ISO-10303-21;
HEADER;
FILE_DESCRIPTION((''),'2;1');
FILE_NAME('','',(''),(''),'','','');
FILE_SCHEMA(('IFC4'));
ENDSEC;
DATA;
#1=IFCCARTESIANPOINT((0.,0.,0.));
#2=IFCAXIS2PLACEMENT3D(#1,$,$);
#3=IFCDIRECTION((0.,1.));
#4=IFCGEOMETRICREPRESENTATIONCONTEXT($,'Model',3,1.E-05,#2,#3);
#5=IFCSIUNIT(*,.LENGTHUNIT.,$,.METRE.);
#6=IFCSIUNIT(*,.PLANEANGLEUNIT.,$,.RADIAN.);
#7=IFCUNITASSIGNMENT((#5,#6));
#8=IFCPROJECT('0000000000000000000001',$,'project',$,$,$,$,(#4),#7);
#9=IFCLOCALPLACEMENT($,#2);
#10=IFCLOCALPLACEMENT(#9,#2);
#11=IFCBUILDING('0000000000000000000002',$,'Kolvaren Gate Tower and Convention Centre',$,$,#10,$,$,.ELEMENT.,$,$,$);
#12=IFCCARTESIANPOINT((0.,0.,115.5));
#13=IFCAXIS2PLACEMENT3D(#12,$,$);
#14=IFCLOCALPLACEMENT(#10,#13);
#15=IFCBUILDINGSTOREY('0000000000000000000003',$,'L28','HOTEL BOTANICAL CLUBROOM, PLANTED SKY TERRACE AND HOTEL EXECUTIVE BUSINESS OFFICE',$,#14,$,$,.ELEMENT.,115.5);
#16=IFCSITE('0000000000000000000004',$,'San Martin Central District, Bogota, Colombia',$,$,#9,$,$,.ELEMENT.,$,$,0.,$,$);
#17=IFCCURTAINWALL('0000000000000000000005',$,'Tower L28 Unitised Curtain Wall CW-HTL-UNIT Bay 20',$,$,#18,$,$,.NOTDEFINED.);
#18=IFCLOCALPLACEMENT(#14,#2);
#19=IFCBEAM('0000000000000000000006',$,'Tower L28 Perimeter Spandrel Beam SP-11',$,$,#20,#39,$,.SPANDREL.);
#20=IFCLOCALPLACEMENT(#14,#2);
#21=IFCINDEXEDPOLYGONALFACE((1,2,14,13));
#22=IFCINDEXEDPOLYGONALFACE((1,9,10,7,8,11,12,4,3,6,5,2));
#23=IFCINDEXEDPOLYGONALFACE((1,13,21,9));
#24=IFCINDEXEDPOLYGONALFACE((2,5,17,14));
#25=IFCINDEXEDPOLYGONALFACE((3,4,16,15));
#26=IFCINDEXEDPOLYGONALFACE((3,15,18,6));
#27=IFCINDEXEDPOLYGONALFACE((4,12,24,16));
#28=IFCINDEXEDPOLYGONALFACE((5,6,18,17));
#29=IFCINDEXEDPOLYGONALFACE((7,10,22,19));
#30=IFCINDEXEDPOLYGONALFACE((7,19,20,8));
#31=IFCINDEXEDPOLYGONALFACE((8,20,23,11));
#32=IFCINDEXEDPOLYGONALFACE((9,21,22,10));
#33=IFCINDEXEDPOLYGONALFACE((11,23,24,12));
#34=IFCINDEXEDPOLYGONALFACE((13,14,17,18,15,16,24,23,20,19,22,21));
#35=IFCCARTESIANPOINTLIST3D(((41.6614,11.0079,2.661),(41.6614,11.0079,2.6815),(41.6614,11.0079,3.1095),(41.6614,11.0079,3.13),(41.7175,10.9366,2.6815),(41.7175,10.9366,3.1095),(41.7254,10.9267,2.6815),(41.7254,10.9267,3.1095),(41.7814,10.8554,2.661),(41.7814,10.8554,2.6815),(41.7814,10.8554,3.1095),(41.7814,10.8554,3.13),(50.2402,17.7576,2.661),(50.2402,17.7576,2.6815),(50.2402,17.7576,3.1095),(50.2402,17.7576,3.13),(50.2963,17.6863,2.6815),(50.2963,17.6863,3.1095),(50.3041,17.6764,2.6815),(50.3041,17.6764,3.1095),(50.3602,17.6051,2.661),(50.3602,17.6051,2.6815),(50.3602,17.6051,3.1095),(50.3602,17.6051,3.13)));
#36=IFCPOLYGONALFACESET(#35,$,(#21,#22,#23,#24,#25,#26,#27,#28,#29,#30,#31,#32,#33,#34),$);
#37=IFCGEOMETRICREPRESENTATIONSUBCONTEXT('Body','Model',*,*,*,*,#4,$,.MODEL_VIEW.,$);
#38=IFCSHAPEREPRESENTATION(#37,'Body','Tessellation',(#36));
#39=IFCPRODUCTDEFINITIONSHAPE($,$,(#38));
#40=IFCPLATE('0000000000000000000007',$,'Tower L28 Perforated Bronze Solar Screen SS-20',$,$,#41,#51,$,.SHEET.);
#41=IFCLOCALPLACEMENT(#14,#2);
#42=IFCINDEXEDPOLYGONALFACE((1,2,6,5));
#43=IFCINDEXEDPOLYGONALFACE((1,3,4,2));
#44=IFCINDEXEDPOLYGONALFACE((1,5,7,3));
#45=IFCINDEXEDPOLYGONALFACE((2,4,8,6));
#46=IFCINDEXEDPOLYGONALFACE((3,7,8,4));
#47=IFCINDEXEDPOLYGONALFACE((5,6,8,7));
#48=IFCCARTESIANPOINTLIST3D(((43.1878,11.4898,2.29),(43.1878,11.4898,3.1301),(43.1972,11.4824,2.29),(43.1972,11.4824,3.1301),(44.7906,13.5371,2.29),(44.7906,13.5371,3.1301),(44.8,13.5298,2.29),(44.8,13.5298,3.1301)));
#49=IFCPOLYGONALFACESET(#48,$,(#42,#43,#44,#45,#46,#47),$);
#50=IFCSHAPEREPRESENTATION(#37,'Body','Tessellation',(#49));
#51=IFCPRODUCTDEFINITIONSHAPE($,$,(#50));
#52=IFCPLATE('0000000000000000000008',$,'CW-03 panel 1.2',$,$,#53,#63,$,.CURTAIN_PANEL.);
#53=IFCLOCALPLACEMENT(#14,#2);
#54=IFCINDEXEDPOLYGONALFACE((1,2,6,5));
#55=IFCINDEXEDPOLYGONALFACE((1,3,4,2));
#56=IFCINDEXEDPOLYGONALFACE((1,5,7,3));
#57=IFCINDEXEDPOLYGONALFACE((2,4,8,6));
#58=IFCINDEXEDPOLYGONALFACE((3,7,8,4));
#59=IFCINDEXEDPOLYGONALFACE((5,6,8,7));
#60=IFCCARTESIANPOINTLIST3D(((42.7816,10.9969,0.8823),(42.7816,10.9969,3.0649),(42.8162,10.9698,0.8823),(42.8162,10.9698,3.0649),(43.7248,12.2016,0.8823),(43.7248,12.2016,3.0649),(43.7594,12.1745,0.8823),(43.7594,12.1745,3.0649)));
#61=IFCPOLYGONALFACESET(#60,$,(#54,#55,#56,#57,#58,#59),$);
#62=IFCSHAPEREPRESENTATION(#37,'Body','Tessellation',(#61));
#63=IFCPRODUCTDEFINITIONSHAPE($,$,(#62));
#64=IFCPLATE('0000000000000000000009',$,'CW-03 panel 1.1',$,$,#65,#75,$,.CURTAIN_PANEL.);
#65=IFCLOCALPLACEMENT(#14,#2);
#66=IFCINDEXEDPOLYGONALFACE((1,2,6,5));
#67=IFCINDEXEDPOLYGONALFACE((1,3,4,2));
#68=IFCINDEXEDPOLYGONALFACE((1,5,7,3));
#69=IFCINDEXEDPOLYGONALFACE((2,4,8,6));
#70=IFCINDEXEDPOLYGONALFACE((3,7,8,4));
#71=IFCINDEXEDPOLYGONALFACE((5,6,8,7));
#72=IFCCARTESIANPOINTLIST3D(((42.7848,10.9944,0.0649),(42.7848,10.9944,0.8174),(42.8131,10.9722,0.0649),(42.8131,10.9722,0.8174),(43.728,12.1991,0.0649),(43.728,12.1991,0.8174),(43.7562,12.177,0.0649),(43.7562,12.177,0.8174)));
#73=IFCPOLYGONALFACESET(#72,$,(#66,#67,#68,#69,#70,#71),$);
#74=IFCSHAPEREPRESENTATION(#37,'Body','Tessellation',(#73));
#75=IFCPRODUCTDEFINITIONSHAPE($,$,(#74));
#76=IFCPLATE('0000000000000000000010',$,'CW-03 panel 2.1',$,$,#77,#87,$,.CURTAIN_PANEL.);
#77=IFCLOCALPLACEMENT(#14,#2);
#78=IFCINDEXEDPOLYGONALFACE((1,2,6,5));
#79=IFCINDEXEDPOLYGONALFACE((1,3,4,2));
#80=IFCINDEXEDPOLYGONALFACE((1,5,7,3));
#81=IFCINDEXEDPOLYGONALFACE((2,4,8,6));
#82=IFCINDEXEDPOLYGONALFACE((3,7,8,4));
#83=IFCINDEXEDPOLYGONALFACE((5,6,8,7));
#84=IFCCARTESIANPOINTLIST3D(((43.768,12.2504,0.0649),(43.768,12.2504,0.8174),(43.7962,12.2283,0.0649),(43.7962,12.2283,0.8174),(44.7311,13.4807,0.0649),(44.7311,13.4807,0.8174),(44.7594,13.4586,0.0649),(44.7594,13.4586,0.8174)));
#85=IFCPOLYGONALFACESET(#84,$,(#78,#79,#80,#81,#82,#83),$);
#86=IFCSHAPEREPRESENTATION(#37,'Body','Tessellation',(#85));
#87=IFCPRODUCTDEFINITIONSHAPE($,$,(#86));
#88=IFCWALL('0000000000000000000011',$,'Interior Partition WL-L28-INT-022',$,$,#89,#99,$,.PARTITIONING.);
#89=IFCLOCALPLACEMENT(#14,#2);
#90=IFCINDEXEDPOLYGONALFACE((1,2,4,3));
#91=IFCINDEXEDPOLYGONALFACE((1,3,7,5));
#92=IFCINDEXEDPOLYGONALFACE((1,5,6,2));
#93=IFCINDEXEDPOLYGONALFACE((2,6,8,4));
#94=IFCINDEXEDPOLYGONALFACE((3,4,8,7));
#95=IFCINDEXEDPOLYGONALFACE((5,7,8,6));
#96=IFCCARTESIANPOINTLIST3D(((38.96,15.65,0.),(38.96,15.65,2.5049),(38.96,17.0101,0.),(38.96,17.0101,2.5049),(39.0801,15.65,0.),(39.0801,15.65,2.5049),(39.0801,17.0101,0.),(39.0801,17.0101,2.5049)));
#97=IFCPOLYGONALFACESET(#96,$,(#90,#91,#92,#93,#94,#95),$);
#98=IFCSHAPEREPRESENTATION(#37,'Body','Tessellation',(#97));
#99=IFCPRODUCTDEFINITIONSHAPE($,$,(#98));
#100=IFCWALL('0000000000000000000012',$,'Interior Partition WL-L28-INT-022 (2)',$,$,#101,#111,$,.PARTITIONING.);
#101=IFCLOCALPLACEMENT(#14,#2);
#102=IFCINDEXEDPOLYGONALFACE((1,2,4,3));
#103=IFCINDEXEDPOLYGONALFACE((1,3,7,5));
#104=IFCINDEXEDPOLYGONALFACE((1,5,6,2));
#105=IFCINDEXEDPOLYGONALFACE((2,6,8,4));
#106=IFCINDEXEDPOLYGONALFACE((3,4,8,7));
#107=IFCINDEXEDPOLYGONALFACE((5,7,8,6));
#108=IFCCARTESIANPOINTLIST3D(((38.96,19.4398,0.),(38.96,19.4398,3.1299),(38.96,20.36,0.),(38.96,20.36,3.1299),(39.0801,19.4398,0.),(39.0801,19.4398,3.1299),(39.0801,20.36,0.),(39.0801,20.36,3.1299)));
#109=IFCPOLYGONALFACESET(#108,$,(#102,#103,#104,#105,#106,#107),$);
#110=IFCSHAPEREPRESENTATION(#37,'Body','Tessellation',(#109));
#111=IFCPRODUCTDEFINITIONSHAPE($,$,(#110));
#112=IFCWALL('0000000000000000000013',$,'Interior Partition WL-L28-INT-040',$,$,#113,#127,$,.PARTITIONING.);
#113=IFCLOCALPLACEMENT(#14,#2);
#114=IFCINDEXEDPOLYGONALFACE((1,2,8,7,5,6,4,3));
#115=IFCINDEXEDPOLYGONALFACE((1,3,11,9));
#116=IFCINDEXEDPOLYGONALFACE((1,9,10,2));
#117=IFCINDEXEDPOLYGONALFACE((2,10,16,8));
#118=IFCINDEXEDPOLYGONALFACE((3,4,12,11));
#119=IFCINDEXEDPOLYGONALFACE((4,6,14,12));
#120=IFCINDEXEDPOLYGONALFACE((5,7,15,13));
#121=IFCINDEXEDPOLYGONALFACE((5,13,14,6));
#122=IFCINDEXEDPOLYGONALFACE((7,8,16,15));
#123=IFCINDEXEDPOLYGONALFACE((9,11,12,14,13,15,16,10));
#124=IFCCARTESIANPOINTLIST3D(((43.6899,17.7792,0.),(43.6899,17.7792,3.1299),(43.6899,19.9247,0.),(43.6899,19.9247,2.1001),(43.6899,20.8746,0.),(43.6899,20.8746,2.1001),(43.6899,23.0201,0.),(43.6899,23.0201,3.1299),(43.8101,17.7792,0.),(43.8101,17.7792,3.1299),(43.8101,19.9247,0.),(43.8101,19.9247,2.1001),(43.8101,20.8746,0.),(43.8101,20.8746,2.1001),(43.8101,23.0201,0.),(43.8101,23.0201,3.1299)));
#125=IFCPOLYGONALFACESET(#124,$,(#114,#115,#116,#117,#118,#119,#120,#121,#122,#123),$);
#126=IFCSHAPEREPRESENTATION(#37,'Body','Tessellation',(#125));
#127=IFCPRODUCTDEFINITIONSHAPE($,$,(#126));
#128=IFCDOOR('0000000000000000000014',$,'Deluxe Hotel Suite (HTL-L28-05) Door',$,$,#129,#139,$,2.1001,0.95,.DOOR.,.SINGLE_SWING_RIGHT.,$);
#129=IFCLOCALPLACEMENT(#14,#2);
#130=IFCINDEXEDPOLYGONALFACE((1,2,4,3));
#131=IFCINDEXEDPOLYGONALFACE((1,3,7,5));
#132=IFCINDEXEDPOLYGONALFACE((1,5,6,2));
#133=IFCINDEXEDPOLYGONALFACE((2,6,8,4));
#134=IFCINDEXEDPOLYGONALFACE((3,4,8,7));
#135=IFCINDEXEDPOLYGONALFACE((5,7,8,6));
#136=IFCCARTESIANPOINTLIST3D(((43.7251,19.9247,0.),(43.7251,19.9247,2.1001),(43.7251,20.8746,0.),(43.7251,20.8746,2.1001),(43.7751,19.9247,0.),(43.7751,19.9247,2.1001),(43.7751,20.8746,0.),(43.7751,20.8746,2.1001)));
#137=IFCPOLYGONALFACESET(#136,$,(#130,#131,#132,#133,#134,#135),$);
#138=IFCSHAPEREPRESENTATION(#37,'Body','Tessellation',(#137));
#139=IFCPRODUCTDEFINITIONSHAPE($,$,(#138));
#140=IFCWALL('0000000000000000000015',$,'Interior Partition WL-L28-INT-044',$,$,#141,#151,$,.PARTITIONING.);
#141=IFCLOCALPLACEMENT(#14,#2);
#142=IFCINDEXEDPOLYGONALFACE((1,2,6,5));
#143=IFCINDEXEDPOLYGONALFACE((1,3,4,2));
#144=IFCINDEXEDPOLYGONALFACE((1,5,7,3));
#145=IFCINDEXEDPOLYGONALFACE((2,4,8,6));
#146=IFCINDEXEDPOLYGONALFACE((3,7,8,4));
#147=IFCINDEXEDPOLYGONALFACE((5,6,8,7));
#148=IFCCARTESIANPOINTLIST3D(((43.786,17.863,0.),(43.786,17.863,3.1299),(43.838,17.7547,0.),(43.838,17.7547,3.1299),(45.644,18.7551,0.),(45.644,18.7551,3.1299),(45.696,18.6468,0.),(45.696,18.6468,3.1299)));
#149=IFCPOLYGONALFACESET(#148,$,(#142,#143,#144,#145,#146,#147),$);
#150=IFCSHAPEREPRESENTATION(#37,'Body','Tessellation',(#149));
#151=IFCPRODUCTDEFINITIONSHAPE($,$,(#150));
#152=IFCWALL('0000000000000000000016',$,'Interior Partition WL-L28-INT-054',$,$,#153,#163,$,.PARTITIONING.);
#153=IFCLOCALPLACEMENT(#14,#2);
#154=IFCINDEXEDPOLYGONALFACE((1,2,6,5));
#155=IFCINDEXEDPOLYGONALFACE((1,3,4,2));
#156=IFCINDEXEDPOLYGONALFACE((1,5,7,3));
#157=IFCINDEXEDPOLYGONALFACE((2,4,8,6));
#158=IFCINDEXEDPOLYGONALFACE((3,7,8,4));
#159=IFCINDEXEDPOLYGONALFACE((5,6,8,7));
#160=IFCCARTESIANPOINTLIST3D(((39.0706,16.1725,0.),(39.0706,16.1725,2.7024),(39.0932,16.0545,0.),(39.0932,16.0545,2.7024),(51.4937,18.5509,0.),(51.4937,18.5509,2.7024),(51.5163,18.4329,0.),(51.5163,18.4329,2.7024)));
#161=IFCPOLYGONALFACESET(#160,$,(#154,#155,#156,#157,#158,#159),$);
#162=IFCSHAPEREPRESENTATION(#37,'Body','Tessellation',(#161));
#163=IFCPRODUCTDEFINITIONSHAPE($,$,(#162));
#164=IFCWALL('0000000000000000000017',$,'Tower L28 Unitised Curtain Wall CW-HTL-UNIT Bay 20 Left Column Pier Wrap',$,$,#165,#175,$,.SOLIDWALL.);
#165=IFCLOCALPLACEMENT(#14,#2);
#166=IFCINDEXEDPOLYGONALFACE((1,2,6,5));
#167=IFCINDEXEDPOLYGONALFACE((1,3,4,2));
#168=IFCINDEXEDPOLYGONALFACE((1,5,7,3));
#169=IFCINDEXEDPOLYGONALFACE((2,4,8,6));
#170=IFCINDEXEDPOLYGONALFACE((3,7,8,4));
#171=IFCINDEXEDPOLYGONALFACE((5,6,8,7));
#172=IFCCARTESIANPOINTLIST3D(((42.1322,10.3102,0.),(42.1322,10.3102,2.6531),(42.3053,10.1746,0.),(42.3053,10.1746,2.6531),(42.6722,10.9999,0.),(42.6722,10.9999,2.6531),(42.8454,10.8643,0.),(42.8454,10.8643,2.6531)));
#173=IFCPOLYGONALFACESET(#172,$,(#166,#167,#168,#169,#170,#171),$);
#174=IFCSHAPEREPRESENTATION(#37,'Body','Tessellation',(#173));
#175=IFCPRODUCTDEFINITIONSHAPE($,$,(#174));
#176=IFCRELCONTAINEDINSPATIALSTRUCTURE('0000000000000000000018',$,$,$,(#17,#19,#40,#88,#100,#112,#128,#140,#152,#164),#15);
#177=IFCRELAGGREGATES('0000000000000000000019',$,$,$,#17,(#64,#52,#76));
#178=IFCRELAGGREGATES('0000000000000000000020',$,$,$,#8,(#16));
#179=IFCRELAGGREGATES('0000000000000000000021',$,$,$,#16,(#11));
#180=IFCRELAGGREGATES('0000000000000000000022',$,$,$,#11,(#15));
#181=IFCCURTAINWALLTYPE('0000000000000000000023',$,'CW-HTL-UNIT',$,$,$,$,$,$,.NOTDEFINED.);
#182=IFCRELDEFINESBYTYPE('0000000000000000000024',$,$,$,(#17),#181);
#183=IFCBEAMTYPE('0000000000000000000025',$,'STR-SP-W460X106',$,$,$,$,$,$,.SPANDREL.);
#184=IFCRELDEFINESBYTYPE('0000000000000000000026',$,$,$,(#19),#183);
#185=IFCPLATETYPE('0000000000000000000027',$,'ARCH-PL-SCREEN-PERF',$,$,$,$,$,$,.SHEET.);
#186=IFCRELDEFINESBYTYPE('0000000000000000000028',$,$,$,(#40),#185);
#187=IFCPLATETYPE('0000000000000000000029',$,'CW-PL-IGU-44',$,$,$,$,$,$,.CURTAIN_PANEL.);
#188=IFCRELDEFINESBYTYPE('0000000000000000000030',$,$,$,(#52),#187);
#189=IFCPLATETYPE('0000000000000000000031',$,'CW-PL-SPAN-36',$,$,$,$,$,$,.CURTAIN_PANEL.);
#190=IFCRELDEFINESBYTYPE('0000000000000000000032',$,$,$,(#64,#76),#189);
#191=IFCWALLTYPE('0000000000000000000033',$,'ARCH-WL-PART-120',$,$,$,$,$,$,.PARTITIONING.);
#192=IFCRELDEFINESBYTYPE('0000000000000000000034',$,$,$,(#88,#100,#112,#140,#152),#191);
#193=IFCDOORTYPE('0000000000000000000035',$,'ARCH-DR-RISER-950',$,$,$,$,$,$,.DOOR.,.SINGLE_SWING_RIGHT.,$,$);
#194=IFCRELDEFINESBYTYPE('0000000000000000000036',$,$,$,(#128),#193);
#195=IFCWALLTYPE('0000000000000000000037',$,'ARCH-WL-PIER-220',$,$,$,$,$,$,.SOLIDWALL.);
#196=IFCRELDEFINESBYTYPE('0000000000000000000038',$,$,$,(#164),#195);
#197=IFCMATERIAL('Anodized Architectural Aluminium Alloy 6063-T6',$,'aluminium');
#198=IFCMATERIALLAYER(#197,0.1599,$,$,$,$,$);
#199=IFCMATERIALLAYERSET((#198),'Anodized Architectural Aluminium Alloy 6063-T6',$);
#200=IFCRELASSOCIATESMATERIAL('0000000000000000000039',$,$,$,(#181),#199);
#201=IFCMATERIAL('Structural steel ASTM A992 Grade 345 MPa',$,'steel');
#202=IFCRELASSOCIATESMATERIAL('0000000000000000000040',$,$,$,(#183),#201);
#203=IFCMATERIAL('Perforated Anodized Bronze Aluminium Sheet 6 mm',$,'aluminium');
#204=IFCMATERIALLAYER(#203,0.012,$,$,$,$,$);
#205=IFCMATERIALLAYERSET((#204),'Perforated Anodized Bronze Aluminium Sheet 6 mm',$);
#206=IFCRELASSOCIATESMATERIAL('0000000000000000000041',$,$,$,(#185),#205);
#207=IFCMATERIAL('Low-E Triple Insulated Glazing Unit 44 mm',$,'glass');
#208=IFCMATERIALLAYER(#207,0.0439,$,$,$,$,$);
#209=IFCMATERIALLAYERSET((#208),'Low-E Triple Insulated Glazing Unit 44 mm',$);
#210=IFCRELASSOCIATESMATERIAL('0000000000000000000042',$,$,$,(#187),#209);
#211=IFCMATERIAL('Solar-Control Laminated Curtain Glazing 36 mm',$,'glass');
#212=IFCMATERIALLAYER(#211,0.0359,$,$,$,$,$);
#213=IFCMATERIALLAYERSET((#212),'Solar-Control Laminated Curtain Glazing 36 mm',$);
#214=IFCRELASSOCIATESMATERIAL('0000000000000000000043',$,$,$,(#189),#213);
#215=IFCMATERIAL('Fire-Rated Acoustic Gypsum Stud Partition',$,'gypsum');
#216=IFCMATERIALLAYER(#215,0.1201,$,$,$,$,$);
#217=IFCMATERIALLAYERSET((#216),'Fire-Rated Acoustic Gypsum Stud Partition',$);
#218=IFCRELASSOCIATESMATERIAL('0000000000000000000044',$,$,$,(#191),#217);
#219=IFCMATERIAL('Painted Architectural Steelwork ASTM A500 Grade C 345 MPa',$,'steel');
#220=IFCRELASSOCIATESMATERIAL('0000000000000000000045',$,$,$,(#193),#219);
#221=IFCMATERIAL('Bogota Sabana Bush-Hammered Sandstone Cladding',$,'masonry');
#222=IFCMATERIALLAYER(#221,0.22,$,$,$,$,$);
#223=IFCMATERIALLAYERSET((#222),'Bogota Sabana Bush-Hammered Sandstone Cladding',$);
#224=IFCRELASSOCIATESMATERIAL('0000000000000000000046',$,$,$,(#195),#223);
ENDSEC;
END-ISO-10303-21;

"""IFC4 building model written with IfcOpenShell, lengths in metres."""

from ifc_helpers import new_model, si_unit, direction, frame, frame_2d, origin, origin_2d, place, context, subcontext, project, spatial, rectangle, i_section, extrude, material, layer, layer_set, material_profile, profile_set, type_object, element, fill, aggregate, save


model = new_model("IFC4")

# Units and contexts
model_context = context("Model", 3, precision=1e-05, world=origin(), true_north=direction((0.0, 1.0)))
body_context = subcontext(model_context, "Body", "Model", "MODEL_VIEW")
ifc_project = project(units=[si_unit("LENGTHUNIT", "METRE"), si_unit("PLANEANGLEUNIT", "RADIAN")], contexts=[model_context])

# Site, building, storey
site_placement = place(None, origin())
site = spatial("IfcSite", under=ifc_project, at=site_placement, Name="San Martin Central District, Bogota, Colombia", CompositionType="ELEMENT", RefElevation=0.0)
building_placement = place(site_placement, origin())
building = spatial("IfcBuilding", under=site, at=building_placement, Name="Kolvaren Gate Tower and Convention Centre", CompositionType="ELEMENT")
storey_placement = place(building_placement, frame((0.0, 0.0, 115.5)))
storey = spatial("IfcBuildingStorey", under=building, at=storey_placement, Name="L28", Description="HOTEL BOTANICAL CLUBROOM, PLANTED SKY TERRACE AND HOTEL EXECUTIVE BUSINESS OFFICE", CompositionType="ELEMENT", Elevation=115.5)

# Curtain wall
ifc_material_1 = material(Name="Anodized Architectural Aluminium Alloy 6063-T6", Category="aluminium")
ifc_layer_1 = layer(ifc_material_1, 0.1599)
ifc_layer_set_1 = layer_set([ifc_layer_1], Name="Anodized Architectural Aluminium Alloy 6063-T6")
curtain_wall_type = type_object("IfcCurtainWallType", Name="CW-HTL-UNIT", PredefinedType="NOTDEFINED", material=ifc_layer_set_1)
curtain_wall_placement = place(storey_placement, origin())
curtain_wall = element("IfcCurtainWall", 1, at=curtain_wall_placement, inside=storey, type_object=curtain_wall_type, Name="Tower L28 Unitised Curtain Wall CW-HTL-UNIT Bay 20", PredefinedType="NOTDEFINED")

# Beam
ifc_material_2 = material(Name="Structural steel ASTM A992 Grade 345 MPa", Category="steel")
ifc_material_profile_1 = material_profile(ifc_material_2, i_section(OverallWidth=0.1941, OverallDepth=0.469, WebThickness=0.0127, FlangeThickness=0.0205, at=origin_2d()), Name="W460X106")
ifc_profile_set_1 = profile_set([ifc_material_profile_1], Name="Structural steel ASTM A992 Grade 345 MPa")
beam_type_1 = type_object("IfcBeamType", Name="STR-SP-W460X106", PredefinedType="SPANDREL", material=ifc_profile_set_1)
beam_1_placement = place(storey_placement, frame((41.7214, 10.9316, 2.8955), z_axis=(0.785908, 0.618344, 0.0), x_axis=(-0.618344, 0.785908, 0.0)))
element("IfcBeam", 2, at=beam_1_placement, inside=storey, type_object=beam_type_1, Name="Tower L28 Perimeter Spandrel Beam SP-11", PredefinedType="SPANDREL", context=body_context, shape_type="SweptSolid", body=[
    extrude(i_section(OverallWidth=0.1941, OverallDepth=0.469, WebThickness=0.0127, FlangeThickness=0.0205, at=origin_2d()), origin(), (0.0, 0.0, 1.0), 10.9158),
])

# Plates
ifc_material_3 = material(Name="Perforated Anodized Bronze Aluminium Sheet 6 mm", Category="aluminium")
ifc_layer_2 = layer(ifc_material_3, 0.012)
ifc_layer_set_2 = layer_set([ifc_layer_2], Name="Perforated Anodized Bronze Aluminium Sheet 6 mm")
plate_type_1 = type_object("IfcPlateType", Name="ARCH-PL-SCREEN-PERF", PredefinedType="SHEET", material=ifc_layer_set_2)
plate_1_placement = place(storey_placement, frame((43.9939, 12.5098, 2.29), z_axis=(0.0, 0.0, 1.0), x_axis=(0.616424, 0.787414, 0.0)))
element("IfcPlate", 3, at=plate_1_placement, inside=storey, type_object=plate_type_1, Name="Tower L28 Perforated Bronze Solar Screen SS-20", PredefinedType="SHEET", context=body_context, shape_type="SweptSolid", body=[
    extrude(rectangle(XDim=2.6001, YDim=0.012, at=origin_2d()), origin(), (0.0, 0.0, 1.0), 0.8401),
])
ifc_material_4 = material(Name="Low-E Triple Insulated Glazing Unit 44 mm", Category="glass")
ifc_layer_3 = layer(ifc_material_4, 0.0439)
ifc_layer_set_3 = layer_set([ifc_layer_3], Name="Low-E Triple Insulated Glazing Unit 44 mm")
plate_type_2 = type_object("IfcPlateType", Name="CW-PL-IGU-44", PredefinedType="CURTAIN_PANEL", material=ifc_layer_set_3)
plate_2_placement = place(storey_placement, frame((43.2705, 11.5857, 0.8823), z_axis=(0.0, 0.0, 1.0), x_axis=(0.616426, 0.787413, 0.0)))
plate_2 = element("IfcPlate", 4, at=plate_2_placement, type_object=plate_type_2, Name="CW-03 panel 1.2", PredefinedType="CURTAIN_PANEL", context=body_context, shape_type="SweptSolid", body=[
    extrude(rectangle(XDim=1.53, YDim=0.0439, at=origin_2d()), origin(), (0.0, 0.0, 1.0), 2.1826),
])
ifc_material_5 = material(Name="Solar-Control Laminated Curtain Glazing 36 mm", Category="glass")
ifc_layer_4 = layer(ifc_material_5, 0.0359)
ifc_layer_set_4 = layer_set([ifc_layer_4], Name="Solar-Control Laminated Curtain Glazing 36 mm")
plate_type_3 = type_object("IfcPlateType", Name="CW-PL-SPAN-36", PredefinedType="CURTAIN_PANEL", material=ifc_layer_set_4)
plate_3_placement = place(storey_placement, frame((43.2705, 11.5857, 0.0649), z_axis=(0.0, 0.0, 1.0), x_axis=(0.616426, 0.787413, 0.0)))
plate_3 = element("IfcPlate", 5, at=plate_3_placement, type_object=plate_type_3, Name="CW-03 panel 1.1", PredefinedType="CURTAIN_PANEL", context=body_context, shape_type="SweptSolid", body=[
    extrude(rectangle(XDim=1.53, YDim=0.0359, at=origin_2d()), origin(), (0.0, 0.0, 1.0), 0.7524),
])
plate_4_placement = place(storey_placement, frame((44.2637, 12.8545, 0.0649), z_axis=(0.0, 0.0, 1.0), x_axis=(0.616426, 0.787413, 0.0)))
plate_4 = element("IfcPlate", 6, at=plate_4_placement, type_object=plate_type_3, Name="CW-03 panel 2.1", PredefinedType="CURTAIN_PANEL", context=body_context, shape_type="SweptSolid", body=[
    extrude(rectangle(XDim=1.5625, YDim=0.0359, at=origin_2d()), origin(), (0.0, 0.0, 1.0), 0.7524),
])
aggregate(curtain_wall, [plate_3, plate_2, plate_4])

# Walls
ifc_material_6 = material(Name="Fire-Rated Acoustic Gypsum Stud Partition", Category="gypsum")
ifc_layer_5 = layer(ifc_material_6, 0.1201)
ifc_layer_set_5 = layer_set([ifc_layer_5], Name="Fire-Rated Acoustic Gypsum Stud Partition")
wall_type_1 = type_object("IfcWallType", Name="ARCH-WL-PART-120", PredefinedType="PARTITIONING", material=ifc_layer_set_5)
wall_1_placement = place(storey_placement, frame((39.02, 15.6499, 0.0), z_axis=(0.0, 0.0, 1.0), x_axis=(0.0, 1.0, 0.0)))
element("IfcWall", 7, at=wall_1_placement, inside=storey, type_object=wall_type_1, Name="Interior Partition WL-L28-INT-022", PredefinedType="PARTITIONING", context=body_context, shape_type="SweptSolid", body=[
    extrude(rectangle(XDim=1.3601, YDim=0.1201, at=frame_2d((0.6802, 0.0))), origin(), (0.0, 0.0, 1.0), 2.5049),
])
wall_2_placement = place(storey_placement, frame((39.02, 19.4399, 0.0), z_axis=(0.0, 0.0, 1.0), x_axis=(0.0, 1.0, 0.0)))
element("IfcWall", 8, at=wall_2_placement, inside=storey, type_object=wall_type_1, Name="Interior Partition WL-L28-INT-022 (2)", PredefinedType="PARTITIONING", context=body_context, shape_type="SweptSolid", body=[
    extrude(rectangle(XDim=0.9202, YDim=0.1201, at=frame_2d((0.46, 0.0))), origin(), (0.0, 0.0, 1.0), 3.1299),
])

# Wall, opening, door
wall_3_placement = place(storey_placement, frame((43.75, 17.7791, 0.0), z_axis=(0.0, 0.0, 1.0), x_axis=(0.0, 1.0, 0.0)))
wall_3 = element("IfcWall", 9, at=wall_3_placement, inside=storey, type_object=wall_type_1, Name="Interior Partition WL-L28-INT-040", PredefinedType="PARTITIONING", context=body_context, shape_type="SweptSolid", body=[
    extrude(rectangle(XDim=5.241, YDim=0.1201, at=frame_2d((2.6206, 0.0))), origin(), (0.0, 0.0, 1.0), 3.1299),
])
opening_1_placement = place(wall_3_placement, frame((2.1455, 0.0, 0.0)))
opening_1 = element("IfcOpeningElement", 10, at=opening_1_placement, cuts=wall_3, PredefinedType="OPENING", context=body_context, shape_type="SweptSolid", body=[
    extrude(rectangle(XDim=0.95, YDim=2.1001, at=frame_2d((0.4751, 1.05))), frame((0.0, 0.0701, 0.0), z_axis=(0.0, -1.0, 0.0), x_axis=(1.0, 0.0, 0.0)), (0.0, 0.0, 1.0), 0.1401),
])
ifc_material_7 = material(Name="Painted Architectural Steelwork ASTM A500 Grade C 345 MPa", Category="steel")
door_type_1 = type_object("IfcDoorType", Name="ARCH-DR-RISER-950", OperationType="SINGLE_SWING_RIGHT", PredefinedType="DOOR", material=ifc_material_7)
door_1_placement = place(opening_1_placement, origin())
door_1 = element("IfcDoor", 11, at=door_1_placement, inside=storey, type_object=door_type_1, Name="Deluxe Hotel Suite (HTL-L28-05) Door", OperationType="SINGLE_SWING_RIGHT", OverallHeight=2.1001, OverallWidth=0.95, PredefinedType="DOOR", context=body_context, shape_type="SweptSolid", body=[
    extrude(rectangle(XDim=0.95, YDim=2.1001, at=frame_2d((0.4751, 1.05))), frame((0.0, 0.0249, 0.0), z_axis=(0.0, -1.0, 0.0), x_axis=(1.0, 0.0, 0.0)), (0.0, 0.0, 1.0), 0.05),
])
fill(opening_1, door_1)

# Walls
wall_4_placement = place(storey_placement, frame((43.812, 17.8088, 0.0), z_axis=(0.0, 0.0, 1.0), x_axis=(0.901468, 0.432847, 0.0)))
element("IfcWall", 12, at=wall_4_placement, inside=storey, type_object=wall_type_1, Name="Interior Partition WL-L28-INT-044", PredefinedType="PARTITIONING", context=body_context, shape_type="SweptSolid", body=[
    extrude(rectangle(XDim=2.061, YDim=0.1201, at=frame_2d((1.0305, 0.0))), origin(), (0.0, 0.0, 1.0), 3.1299),
])
wall_5_placement = place(storey_placement, frame((39.082, 16.1135, 0.0), z_axis=(0.0, 0.0, 1.0), x_axis=(0.982162, 0.188036, 0.0)))
element("IfcWall", 13, at=wall_5_placement, inside=storey, type_object=wall_type_1, Name="Interior Partition WL-L28-INT-054", PredefinedType="PARTITIONING", context=body_context, shape_type="SweptSolid", body=[
    extrude(rectangle(XDim=12.6487, YDim=0.1201, at=frame_2d((6.3242, 0.0))), origin(), (0.0, 0.0, 1.0), 2.7024),
])
ifc_material_8 = material(Name="Bogota Sabana Bush-Hammered Sandstone Cladding", Category="masonry")
ifc_layer_6 = layer(ifc_material_8, 0.22)
ifc_layer_set_6 = layer_set([ifc_layer_6], Name="Bogota Sabana Bush-Hammered Sandstone Cladding")
wall_type_2 = type_object("IfcWallType", Name="ARCH-WL-PIER-220", PredefinedType="SOLIDWALL", material=ifc_layer_set_6)
wall_6_placement = place(storey_placement, frame((42.2188, 10.2424, 0.0), z_axis=(0.0, 0.0, 1.0), x_axis=(0.616504, 0.787352, 0.0)))
element("IfcWall", 14, at=wall_6_placement, inside=storey, type_object=wall_type_2, Name="Tower L28 Unitised Curtain Wall CW-HTL-UNIT Bay 20 Left Column Pier Wrap", PredefinedType="SOLIDWALL", context=body_context, shape_type="SweptSolid", body=[
    extrude(rectangle(XDim=0.876, YDim=0.22, at=frame_2d((0.438, 0.0))), origin(), (0.0, 0.0, 1.0), 2.6531),
])

save(model, "model.ifc")
